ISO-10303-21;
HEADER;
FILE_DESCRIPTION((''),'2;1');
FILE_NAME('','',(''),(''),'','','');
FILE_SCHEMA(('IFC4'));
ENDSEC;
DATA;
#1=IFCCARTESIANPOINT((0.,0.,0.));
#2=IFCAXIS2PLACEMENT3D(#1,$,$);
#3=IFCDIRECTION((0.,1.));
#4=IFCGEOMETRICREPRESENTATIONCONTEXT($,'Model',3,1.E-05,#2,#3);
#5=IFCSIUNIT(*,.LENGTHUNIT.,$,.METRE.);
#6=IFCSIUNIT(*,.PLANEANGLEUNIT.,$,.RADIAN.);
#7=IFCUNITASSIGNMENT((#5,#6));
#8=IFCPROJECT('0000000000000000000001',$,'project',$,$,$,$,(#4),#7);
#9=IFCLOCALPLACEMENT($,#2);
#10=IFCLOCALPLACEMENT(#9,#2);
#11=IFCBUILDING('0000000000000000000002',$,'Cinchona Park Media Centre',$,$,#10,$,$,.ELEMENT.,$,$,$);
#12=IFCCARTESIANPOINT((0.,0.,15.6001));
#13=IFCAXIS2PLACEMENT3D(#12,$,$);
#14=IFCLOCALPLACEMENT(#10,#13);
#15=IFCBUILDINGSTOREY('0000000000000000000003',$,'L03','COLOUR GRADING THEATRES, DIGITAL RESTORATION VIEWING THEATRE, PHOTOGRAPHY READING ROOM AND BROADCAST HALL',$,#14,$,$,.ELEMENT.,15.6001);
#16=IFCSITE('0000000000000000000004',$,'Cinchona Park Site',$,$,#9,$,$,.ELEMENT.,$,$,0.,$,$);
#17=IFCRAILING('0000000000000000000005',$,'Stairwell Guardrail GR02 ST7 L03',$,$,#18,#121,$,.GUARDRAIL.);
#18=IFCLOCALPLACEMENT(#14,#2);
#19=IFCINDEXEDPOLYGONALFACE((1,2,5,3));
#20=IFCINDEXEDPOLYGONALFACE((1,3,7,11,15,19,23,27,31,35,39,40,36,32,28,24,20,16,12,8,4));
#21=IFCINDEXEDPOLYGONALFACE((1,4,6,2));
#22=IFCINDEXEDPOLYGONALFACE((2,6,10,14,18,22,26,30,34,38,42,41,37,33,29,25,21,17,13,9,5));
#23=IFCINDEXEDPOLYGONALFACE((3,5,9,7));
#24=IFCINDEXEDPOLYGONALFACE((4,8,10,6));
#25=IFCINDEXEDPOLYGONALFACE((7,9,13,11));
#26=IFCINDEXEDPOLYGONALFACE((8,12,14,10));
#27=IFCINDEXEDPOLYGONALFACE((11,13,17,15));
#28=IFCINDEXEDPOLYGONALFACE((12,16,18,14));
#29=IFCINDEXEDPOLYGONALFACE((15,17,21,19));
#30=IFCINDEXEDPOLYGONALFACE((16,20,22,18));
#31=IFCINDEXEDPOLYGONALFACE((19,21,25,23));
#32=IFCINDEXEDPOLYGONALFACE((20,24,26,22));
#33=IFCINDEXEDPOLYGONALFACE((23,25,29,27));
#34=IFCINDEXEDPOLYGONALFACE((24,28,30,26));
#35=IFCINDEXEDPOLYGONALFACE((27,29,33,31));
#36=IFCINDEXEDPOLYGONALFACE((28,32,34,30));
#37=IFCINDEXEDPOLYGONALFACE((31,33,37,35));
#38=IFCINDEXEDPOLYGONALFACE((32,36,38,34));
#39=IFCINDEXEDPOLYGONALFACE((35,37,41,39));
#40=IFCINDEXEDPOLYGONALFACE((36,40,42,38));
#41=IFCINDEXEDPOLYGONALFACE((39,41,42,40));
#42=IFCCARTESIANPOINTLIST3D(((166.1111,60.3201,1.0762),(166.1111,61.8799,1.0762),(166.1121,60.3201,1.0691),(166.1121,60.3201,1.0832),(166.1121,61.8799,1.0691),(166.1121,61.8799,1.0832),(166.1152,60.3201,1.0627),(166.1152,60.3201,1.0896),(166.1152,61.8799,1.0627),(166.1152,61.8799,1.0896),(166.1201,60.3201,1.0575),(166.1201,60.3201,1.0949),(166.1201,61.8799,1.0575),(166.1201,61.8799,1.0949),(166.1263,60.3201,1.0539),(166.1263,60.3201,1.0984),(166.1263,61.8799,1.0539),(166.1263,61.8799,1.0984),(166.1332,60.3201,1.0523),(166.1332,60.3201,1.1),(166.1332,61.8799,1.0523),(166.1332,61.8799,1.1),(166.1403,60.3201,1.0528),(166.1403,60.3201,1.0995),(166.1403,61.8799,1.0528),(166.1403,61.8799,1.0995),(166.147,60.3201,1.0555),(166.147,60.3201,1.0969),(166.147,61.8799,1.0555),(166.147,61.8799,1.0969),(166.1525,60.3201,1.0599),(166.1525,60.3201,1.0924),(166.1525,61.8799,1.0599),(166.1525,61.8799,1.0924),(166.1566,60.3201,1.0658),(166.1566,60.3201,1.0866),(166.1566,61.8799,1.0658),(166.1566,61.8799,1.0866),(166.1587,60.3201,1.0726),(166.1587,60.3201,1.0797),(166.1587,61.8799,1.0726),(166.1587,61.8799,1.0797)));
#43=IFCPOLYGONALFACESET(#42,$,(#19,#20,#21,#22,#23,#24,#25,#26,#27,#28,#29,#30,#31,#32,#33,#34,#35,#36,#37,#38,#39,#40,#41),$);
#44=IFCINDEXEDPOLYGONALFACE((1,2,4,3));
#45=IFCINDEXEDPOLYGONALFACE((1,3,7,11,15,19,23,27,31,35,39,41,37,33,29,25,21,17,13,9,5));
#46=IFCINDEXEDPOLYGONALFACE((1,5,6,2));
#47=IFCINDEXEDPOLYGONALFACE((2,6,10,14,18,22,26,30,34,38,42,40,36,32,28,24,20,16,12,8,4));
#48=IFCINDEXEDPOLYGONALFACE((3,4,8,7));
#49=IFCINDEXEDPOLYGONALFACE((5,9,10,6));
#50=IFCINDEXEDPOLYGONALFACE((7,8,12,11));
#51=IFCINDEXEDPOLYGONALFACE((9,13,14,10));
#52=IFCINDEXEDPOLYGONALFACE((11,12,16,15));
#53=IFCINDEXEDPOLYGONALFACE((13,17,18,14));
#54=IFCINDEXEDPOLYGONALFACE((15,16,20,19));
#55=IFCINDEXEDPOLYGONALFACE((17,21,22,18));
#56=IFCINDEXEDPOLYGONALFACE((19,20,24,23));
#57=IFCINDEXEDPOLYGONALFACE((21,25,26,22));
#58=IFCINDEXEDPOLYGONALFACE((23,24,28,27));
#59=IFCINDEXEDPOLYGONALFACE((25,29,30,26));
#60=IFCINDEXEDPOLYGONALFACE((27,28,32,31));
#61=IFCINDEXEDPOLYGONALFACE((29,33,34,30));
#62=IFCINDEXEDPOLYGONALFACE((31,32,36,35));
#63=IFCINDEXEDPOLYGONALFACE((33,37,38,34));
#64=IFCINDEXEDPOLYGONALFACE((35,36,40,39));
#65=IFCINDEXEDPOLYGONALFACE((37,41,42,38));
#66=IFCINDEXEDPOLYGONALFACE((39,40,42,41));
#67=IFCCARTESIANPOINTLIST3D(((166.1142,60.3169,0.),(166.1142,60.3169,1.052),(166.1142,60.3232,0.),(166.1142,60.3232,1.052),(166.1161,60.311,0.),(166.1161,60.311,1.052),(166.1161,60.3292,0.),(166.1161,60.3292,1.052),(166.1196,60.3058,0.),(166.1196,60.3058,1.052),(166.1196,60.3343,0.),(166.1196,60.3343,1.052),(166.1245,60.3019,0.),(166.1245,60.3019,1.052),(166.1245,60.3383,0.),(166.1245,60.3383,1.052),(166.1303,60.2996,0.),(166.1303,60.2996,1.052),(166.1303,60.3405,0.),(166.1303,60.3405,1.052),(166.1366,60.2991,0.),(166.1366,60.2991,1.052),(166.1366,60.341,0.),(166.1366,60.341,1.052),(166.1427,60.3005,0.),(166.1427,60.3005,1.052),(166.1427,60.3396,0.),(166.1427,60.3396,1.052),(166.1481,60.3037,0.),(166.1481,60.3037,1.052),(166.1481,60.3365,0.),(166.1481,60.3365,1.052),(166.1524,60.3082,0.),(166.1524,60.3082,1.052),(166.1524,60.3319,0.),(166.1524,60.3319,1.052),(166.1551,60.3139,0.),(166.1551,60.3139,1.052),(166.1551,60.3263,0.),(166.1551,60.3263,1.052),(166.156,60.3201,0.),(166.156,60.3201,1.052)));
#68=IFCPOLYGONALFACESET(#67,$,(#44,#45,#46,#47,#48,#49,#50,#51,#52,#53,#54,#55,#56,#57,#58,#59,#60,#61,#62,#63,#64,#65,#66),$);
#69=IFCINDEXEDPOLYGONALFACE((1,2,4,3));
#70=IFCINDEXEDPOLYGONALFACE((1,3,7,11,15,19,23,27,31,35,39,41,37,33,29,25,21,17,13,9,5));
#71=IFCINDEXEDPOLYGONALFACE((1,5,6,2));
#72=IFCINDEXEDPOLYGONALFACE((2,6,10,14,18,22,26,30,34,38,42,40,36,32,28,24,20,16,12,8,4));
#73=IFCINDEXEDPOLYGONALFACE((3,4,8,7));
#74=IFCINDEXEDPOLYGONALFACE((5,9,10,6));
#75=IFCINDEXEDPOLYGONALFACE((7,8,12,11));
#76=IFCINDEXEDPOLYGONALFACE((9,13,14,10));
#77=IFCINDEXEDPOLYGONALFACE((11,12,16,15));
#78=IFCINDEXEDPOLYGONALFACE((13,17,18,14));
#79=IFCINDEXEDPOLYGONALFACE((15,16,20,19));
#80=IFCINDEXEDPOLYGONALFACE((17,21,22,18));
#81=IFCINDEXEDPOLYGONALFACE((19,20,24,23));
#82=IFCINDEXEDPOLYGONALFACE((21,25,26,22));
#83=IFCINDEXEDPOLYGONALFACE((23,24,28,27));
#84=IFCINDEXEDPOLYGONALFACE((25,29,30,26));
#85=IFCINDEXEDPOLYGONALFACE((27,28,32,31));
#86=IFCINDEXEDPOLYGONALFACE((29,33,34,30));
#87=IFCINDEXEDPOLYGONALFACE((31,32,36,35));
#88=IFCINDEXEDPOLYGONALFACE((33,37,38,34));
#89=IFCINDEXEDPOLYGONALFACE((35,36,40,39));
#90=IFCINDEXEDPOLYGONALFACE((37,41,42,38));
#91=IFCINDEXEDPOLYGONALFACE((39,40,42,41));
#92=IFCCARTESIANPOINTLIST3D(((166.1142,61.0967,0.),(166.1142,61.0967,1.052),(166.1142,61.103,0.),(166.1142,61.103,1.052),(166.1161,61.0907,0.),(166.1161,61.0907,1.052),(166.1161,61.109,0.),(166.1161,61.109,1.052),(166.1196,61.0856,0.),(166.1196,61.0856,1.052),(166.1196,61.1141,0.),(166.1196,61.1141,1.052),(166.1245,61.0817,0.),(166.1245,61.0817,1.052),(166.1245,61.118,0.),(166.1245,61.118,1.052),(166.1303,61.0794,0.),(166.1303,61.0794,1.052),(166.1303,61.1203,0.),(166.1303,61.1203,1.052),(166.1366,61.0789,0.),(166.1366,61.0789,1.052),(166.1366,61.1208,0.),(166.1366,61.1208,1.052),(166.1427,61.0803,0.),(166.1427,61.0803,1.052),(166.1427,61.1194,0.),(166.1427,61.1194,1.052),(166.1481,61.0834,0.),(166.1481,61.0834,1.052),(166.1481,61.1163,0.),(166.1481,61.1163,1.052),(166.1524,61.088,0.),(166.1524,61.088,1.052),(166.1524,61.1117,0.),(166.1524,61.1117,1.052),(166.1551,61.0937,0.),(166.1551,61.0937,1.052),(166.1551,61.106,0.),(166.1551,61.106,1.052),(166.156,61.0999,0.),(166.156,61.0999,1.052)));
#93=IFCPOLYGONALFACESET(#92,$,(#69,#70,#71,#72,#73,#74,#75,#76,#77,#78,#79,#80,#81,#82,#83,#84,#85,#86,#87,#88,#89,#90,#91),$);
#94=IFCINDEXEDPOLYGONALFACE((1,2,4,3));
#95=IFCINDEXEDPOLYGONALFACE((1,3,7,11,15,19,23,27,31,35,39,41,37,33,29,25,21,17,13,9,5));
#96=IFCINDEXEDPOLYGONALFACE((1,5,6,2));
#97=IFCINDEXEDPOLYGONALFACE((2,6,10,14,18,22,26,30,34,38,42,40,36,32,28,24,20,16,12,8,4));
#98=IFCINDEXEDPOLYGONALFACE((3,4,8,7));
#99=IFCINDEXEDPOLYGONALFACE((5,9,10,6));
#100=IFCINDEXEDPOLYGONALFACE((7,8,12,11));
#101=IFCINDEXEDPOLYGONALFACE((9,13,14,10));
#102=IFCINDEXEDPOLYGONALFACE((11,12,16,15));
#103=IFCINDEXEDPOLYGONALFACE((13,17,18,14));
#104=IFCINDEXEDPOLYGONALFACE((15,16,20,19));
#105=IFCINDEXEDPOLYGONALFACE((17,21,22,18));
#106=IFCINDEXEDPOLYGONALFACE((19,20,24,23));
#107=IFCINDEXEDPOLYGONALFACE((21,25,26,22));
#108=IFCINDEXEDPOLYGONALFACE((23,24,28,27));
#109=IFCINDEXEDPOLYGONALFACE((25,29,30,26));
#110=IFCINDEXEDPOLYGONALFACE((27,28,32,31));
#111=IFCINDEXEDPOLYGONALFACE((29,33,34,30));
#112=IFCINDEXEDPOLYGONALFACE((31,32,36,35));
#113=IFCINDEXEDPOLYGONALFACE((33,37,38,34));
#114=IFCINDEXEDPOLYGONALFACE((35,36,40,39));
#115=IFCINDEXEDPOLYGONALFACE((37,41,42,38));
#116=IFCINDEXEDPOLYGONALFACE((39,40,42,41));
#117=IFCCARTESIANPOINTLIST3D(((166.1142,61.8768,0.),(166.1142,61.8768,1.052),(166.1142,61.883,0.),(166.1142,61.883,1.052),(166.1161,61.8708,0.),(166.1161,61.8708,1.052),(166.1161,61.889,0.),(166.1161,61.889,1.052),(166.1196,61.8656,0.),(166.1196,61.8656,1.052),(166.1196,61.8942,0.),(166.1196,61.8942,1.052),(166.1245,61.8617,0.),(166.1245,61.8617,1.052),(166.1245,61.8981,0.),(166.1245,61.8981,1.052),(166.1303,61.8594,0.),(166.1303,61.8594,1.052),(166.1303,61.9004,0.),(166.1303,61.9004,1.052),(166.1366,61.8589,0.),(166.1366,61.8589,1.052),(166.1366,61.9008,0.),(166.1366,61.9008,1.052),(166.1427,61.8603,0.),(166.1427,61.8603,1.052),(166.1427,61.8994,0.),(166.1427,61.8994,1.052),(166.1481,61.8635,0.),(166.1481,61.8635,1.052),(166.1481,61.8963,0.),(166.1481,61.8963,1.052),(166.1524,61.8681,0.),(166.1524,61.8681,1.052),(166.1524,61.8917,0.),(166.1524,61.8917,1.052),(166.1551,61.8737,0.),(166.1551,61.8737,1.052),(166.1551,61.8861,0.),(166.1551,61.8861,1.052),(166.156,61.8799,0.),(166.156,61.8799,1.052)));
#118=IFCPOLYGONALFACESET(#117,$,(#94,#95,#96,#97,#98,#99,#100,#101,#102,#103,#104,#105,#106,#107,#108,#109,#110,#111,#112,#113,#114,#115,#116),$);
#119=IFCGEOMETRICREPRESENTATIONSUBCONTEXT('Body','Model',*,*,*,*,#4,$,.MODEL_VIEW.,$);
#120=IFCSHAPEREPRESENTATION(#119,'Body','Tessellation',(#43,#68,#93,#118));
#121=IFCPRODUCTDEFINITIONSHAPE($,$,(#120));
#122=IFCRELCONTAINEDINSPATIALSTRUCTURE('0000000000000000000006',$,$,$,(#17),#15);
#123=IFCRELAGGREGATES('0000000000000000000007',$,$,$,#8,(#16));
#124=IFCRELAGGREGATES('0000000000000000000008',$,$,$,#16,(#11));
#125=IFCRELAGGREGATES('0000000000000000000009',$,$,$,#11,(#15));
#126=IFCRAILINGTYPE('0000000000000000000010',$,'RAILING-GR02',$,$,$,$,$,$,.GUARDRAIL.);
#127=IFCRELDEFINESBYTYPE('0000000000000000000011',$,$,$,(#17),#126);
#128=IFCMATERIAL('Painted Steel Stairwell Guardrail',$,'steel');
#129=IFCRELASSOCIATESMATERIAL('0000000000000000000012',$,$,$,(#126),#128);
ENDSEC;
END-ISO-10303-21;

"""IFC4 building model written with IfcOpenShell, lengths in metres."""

from ifc_helpers import new_model, si_unit, direction, frame, origin, origin_2d, place, context, subcontext, project, spatial, circle, extrude, material, type_object, element, save


model = new_model("IFC4")

# Units and contexts
model_context = context("Model", 3, precision=1e-05, world=origin(), true_north=direction((0.0, 1.0)))
body_context = subcontext(model_context, "Body", "Model", "MODEL_VIEW")
ifc_project = project(units=[si_unit("LENGTHUNIT", "METRE"), si_unit("PLANEANGLEUNIT", "RADIAN")], contexts=[model_context])

# Site, building, storey
site_placement = place(None, origin())
site = spatial("IfcSite", under=ifc_project, at=site_placement, Name="Cinchona Park Site", CompositionType="ELEMENT", RefElevation=0.0)
building_placement = place(site_placement, origin())
building = spatial("IfcBuilding", under=site, at=building_placement, Name="Cinchona Park Media Centre", CompositionType="ELEMENT")
storey_placement = place(building_placement, frame((0.0, 0.0, 15.6001)))
storey = spatial("IfcBuildingStorey", under=building, at=storey_placement, Name="L03", Description="COLOUR GRADING THEATRES, DIGITAL RESTORATION VIEWING THEATRE, PHOTOGRAPHY READING ROOM AND BROADCAST HALL", CompositionType="ELEMENT", Elevation=15.6001)

# Railing
ifc_material_1 = material(Name="Painted Steel Stairwell Guardrail", Category="steel")
railing_type = type_object("IfcRailingType", Name="RAILING-GR02", PredefinedType="GUARDRAIL", material=ifc_material_1)
railing_placement = place(storey_placement, frame((166.135, 60.3201, 0.0)))
element("IfcRailing", 1, at=railing_placement, inside=storey, type_object=railing_type, Name="Stairwell Guardrail GR02 ST7 L03", PredefinedType="GUARDRAIL", context=body_context, shape_type="SweptSolid", body=[
    extrude(circle(Radius=0.0239, at=origin_2d()), frame((0.0, 0.0, 1.0762), z_axis=(0.0, 1.0, 0.0), x_axis=(-1.0, 0.0, 0.0)), (0.0, 0.0, 1.0), 1.5598),
    extrude(circle(Radius=0.021, at=origin_2d()), origin(), (0.0, 0.0, 1.0), 1.052),
    extrude(circle(Radius=0.021, at=origin_2d()), frame((0.0, 0.7798, 0.0)), (0.0, 0.0, 1.0), 1.052),
    extrude(circle(Radius=0.021, at=origin_2d()), frame((0.0, 1.5598, 0.0)), (0.0, 0.0, 1.0), 1.052),
])

save(model, "model.ifc")
